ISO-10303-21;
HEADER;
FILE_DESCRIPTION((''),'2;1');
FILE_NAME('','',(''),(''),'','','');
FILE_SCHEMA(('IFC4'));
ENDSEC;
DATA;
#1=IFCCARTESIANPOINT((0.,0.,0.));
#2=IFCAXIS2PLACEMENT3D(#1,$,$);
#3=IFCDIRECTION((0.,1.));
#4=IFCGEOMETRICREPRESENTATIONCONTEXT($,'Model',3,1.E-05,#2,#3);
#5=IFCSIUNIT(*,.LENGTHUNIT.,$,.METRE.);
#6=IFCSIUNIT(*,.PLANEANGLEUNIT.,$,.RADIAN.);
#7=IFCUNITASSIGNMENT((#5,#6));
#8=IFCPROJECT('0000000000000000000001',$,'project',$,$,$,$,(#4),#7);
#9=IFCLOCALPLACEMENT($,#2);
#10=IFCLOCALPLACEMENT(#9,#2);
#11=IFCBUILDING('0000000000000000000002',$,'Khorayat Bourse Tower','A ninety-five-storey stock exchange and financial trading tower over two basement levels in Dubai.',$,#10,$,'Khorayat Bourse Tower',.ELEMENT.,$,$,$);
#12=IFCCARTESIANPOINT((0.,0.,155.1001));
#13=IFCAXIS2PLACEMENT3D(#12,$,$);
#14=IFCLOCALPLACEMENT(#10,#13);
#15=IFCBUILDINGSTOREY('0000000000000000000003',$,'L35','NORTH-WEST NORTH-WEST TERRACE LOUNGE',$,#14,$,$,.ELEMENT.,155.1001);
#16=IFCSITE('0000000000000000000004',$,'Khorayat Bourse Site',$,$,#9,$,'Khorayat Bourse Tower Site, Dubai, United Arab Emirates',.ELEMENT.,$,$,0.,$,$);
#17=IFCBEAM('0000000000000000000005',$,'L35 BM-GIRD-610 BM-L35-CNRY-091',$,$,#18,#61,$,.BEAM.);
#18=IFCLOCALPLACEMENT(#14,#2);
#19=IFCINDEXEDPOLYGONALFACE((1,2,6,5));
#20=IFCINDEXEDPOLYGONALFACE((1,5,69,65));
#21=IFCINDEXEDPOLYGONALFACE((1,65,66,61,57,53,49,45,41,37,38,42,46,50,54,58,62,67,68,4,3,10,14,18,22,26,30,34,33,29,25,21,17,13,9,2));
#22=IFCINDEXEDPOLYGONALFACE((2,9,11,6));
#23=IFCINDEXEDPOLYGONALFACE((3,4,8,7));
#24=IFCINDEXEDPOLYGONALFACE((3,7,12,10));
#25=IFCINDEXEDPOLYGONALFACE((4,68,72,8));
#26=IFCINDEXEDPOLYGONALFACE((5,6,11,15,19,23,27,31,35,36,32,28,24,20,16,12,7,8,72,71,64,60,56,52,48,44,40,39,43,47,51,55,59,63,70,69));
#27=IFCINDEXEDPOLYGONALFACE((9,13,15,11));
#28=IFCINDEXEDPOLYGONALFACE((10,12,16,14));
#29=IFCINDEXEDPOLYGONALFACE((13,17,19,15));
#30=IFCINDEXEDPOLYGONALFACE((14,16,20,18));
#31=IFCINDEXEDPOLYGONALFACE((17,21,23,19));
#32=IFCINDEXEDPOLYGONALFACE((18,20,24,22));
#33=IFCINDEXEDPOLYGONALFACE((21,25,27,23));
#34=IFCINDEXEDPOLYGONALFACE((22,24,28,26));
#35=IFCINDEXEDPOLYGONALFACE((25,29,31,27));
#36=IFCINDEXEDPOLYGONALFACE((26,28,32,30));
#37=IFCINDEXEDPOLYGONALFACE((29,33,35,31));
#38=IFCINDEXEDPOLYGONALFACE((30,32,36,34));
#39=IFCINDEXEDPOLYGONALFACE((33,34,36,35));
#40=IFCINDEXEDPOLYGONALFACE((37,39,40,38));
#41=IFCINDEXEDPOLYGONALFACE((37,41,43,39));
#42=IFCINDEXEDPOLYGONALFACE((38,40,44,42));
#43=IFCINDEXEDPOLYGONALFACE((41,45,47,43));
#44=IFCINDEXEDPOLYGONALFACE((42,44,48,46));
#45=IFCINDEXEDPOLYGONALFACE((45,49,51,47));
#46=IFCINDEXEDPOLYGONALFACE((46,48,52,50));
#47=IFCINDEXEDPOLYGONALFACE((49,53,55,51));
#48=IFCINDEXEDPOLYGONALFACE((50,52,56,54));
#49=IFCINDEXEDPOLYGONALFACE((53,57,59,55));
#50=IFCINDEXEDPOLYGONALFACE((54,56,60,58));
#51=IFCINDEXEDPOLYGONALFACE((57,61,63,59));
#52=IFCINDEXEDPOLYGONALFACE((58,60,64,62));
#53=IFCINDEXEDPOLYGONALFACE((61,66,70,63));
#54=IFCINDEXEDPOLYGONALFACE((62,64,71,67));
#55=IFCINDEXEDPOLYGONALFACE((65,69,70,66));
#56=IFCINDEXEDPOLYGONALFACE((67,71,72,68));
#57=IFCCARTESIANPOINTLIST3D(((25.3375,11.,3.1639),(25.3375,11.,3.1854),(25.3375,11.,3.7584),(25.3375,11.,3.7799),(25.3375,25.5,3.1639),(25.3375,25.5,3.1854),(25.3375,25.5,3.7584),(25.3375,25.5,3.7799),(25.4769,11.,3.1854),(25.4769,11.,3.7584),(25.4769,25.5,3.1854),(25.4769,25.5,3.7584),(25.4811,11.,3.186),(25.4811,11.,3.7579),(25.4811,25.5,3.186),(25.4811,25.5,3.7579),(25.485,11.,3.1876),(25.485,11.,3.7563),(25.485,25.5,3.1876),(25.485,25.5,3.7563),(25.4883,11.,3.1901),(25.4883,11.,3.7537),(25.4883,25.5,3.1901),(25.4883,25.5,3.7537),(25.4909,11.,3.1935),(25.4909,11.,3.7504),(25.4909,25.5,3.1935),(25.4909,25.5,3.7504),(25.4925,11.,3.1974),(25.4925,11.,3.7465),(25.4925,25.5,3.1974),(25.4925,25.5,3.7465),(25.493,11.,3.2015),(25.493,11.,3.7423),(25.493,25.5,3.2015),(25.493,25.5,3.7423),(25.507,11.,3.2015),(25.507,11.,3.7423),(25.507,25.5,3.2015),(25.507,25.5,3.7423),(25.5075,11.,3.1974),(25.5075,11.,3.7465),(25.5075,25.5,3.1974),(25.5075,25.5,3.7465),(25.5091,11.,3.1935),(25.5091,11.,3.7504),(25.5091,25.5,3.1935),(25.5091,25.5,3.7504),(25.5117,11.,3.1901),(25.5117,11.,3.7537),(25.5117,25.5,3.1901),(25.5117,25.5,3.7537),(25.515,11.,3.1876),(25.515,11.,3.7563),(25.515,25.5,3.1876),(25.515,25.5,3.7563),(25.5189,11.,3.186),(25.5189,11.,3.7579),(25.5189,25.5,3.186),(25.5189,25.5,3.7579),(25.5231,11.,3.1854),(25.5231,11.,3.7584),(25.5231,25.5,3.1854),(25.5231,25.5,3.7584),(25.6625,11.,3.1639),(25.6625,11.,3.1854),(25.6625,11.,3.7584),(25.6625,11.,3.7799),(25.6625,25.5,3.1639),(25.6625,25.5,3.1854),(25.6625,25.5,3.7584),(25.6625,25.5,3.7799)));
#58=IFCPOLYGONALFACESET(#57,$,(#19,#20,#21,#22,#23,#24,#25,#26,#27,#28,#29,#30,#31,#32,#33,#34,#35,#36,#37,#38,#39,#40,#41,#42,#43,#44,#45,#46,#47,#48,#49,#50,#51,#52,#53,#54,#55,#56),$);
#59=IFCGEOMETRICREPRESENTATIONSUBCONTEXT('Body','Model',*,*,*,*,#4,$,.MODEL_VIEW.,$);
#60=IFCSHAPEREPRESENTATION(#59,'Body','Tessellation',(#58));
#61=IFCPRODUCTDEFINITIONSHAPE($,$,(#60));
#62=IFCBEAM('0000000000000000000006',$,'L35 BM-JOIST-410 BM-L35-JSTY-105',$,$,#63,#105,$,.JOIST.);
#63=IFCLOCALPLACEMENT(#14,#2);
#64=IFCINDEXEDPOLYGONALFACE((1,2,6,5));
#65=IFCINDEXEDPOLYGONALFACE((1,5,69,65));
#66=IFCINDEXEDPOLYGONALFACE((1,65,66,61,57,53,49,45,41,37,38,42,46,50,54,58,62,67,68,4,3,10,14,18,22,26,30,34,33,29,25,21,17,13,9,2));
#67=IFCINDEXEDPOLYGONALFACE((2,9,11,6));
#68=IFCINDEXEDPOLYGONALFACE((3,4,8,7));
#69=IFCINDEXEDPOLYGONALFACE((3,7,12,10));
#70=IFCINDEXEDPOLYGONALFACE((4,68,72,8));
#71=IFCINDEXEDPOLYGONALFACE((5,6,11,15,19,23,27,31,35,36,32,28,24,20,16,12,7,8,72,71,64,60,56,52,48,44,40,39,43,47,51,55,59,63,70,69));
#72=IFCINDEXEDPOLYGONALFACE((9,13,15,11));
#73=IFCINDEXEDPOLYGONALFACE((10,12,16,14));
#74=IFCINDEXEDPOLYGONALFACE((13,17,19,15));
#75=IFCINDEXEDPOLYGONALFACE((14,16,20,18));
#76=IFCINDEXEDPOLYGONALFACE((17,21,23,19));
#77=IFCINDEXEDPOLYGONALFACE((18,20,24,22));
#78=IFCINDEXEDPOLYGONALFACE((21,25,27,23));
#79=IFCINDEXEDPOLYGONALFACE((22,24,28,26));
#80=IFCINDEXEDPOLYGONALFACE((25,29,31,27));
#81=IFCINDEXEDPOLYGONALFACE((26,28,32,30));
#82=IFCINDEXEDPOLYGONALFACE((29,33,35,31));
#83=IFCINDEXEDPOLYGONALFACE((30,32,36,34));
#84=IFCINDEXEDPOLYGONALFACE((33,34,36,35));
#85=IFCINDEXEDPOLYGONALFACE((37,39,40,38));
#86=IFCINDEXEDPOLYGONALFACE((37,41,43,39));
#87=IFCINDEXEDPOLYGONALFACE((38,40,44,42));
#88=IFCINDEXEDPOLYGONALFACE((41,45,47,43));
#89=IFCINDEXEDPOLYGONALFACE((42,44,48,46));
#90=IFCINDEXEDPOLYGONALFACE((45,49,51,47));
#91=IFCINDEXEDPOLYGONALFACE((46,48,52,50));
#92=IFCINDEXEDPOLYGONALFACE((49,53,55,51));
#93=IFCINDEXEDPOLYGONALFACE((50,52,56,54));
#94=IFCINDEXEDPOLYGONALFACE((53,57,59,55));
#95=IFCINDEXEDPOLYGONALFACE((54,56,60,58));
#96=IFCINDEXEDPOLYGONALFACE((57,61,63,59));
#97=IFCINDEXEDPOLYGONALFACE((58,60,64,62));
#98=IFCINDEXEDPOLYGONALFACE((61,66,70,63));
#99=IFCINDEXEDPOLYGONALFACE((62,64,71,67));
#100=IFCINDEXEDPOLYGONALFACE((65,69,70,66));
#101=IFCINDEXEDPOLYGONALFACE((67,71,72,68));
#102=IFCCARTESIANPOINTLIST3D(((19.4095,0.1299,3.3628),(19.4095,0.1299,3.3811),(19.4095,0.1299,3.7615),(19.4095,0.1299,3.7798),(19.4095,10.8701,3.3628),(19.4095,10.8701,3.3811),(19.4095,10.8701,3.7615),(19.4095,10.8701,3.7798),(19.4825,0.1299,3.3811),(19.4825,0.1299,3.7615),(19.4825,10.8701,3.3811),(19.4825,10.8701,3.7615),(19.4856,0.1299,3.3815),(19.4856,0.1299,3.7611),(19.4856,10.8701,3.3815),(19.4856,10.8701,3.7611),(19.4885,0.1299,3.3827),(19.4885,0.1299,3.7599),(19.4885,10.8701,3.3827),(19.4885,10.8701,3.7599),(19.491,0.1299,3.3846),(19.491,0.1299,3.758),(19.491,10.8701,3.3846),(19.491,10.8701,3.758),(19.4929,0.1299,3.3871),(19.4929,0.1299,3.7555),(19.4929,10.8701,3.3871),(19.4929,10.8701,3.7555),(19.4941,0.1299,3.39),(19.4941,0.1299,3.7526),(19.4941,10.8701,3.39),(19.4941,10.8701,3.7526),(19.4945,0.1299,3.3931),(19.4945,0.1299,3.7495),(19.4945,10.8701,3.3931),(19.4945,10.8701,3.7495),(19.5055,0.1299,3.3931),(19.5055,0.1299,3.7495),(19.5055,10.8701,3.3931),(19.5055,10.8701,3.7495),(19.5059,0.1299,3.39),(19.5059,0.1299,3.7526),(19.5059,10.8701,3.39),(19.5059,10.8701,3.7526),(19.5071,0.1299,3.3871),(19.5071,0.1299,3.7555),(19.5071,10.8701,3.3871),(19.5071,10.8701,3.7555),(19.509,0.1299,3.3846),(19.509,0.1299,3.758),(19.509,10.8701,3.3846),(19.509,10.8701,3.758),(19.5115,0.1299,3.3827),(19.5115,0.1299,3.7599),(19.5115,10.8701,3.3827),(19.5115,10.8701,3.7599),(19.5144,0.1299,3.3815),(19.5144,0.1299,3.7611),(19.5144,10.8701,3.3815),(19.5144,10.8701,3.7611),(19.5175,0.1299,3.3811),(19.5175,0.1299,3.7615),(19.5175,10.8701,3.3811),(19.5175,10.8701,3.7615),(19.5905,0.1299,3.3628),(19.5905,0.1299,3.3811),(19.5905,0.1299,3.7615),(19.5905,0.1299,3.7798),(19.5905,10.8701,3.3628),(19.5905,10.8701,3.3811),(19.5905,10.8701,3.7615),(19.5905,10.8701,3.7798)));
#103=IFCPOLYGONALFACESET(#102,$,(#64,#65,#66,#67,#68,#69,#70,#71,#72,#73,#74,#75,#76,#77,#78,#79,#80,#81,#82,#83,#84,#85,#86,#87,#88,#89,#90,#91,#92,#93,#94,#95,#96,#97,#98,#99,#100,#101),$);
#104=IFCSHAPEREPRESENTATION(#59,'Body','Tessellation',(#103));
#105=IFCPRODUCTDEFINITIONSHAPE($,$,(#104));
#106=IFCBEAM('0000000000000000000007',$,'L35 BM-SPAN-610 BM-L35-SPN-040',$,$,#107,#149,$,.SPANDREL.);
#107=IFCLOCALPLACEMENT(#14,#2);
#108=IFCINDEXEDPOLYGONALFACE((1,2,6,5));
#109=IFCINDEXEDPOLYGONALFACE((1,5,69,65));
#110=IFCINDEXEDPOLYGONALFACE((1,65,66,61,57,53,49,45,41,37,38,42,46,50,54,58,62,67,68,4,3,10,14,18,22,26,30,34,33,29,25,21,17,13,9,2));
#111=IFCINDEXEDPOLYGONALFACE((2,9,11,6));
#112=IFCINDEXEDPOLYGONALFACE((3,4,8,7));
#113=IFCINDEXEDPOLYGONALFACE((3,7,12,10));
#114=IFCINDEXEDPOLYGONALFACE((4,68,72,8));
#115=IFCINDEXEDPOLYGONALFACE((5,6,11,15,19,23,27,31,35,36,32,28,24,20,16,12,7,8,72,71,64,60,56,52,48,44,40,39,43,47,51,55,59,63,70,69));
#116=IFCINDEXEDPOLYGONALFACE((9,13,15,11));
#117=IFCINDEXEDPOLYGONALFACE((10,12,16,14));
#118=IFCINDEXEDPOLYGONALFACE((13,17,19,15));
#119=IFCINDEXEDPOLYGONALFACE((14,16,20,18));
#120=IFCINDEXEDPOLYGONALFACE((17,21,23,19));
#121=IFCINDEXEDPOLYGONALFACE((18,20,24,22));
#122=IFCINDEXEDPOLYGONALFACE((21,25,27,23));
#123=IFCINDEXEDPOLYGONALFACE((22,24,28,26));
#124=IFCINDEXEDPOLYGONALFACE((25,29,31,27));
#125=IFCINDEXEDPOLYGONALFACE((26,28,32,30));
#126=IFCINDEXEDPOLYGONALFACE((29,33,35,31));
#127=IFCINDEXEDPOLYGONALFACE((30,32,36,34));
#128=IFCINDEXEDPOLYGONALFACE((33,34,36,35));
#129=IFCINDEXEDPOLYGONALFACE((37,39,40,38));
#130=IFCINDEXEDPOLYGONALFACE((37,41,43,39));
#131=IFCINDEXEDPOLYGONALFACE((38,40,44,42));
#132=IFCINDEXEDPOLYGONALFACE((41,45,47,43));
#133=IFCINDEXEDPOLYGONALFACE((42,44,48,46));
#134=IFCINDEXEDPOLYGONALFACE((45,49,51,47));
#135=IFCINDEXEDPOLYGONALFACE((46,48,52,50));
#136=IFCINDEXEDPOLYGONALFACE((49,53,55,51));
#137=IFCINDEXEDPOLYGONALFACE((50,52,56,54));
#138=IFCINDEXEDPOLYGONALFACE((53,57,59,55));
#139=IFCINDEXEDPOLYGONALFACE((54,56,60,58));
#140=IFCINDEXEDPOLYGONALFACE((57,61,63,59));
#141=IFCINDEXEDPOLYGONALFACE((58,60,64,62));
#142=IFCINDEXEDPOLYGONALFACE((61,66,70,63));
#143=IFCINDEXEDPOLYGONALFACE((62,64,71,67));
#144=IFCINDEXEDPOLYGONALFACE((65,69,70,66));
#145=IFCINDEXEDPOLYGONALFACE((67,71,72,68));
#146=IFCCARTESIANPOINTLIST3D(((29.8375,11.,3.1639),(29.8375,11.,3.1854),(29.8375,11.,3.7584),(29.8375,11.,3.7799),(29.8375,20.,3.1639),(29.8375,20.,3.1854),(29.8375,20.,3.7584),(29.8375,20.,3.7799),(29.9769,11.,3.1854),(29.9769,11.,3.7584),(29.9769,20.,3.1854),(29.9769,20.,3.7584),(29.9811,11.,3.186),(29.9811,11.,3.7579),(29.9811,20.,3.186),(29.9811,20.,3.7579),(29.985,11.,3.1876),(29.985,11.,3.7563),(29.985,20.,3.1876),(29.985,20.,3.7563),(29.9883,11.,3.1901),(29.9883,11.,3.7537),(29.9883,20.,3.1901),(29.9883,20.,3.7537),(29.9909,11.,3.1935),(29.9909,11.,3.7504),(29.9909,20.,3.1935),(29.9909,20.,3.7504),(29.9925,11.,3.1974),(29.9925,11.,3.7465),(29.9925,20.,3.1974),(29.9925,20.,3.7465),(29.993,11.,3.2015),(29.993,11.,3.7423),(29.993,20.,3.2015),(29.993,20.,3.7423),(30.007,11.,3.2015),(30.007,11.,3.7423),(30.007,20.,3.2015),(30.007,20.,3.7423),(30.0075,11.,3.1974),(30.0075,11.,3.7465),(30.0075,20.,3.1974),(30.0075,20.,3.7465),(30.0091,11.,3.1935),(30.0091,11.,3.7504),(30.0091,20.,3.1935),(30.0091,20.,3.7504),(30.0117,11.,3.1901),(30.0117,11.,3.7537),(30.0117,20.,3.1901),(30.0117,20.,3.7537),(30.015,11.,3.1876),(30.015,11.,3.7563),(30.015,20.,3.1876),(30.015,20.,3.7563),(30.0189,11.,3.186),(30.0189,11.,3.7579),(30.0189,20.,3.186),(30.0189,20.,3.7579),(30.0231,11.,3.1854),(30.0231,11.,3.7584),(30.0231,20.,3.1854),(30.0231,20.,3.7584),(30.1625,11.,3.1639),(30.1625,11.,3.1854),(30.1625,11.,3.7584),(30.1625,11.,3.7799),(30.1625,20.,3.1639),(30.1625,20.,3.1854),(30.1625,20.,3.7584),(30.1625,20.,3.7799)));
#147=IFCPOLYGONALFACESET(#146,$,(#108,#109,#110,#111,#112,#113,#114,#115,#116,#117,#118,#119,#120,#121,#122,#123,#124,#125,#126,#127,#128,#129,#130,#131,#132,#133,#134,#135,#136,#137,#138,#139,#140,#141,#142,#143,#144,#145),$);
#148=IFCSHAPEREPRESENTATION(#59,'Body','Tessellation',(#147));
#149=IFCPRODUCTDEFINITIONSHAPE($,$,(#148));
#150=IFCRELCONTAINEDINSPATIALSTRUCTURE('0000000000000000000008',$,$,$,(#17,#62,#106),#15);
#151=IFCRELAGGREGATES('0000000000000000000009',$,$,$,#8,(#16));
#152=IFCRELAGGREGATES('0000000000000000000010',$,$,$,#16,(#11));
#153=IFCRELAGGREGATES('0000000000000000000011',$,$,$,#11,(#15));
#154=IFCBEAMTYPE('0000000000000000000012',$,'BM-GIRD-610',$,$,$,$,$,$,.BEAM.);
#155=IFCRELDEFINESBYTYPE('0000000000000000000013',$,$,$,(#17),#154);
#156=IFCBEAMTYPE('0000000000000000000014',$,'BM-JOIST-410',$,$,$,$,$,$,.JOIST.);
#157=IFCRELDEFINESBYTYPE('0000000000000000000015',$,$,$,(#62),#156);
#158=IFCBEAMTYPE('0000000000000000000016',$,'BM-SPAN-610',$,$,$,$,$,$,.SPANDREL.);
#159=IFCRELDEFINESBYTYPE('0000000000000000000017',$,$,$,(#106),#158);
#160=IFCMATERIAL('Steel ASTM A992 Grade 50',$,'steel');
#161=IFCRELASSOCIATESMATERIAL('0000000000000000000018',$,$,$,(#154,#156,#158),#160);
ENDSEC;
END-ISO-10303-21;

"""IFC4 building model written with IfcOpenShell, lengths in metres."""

from ifc_helpers import new_model, si_unit, direction, frame, origin, origin_2d, place, context, subcontext, project, spatial, i_section, extrude, source, transform, mapped, material, material_profile, profile_set, type_object, element, save


model = new_model("IFC4")

# Units and contexts
model_context = context("Model", 3, precision=1e-05, world=origin(), true_north=direction((0.0, 1.0)))
body_context = subcontext(model_context, "Body", "Model", "MODEL_VIEW")
ifc_project = project(units=[si_unit("LENGTHUNIT", "METRE"), si_unit("PLANEANGLEUNIT", "RADIAN")], contexts=[model_context])

# Site, building, storey
site_placement = place(None, origin())
site = spatial("IfcSite", under=ifc_project, at=site_placement, Name="Khorayat Bourse Site", LongName="Khorayat Bourse Tower Site, Dubai, United Arab Emirates", CompositionType="ELEMENT", RefElevation=0.0)
building_placement = place(site_placement, origin())
building = spatial("IfcBuilding", under=site, at=building_placement, Name="Khorayat Bourse Tower", Description="A ninety-five-storey stock exchange and financial trading tower over two basement levels in Dubai.", LongName="Khorayat Bourse Tower", CompositionType="ELEMENT")
storey_placement = place(building_placement, frame((0.0, 0.0, 155.1001)))
storey = spatial("IfcBuildingStorey", under=building, at=storey_placement, Name="L35", Description="NORTH-WEST NORTH-WEST TERRACE LOUNGE", CompositionType="ELEMENT", Elevation=155.1001)

# Beams
ifc_material_1 = material(Name="Steel ASTM A992 Grade 50", Category="steel")
ifc_material_profile_1 = material_profile(ifc_material_1, i_section(OverallWidth=0.325, OverallDepth=0.616, WebThickness=0.0139, FlangeThickness=0.0215, FilletRadius=0.0161, at=origin_2d()), Name="W610X174")
ifc_profile_set_1 = profile_set([ifc_material_profile_1], Name="Steel ASTM A992 Grade 50")
beam_type_1 = type_object("IfcBeamType", Name="BM-GIRD-610", PredefinedType="BEAM", material=ifc_profile_set_1)
shared_shape_1 = source(origin(), body_context, "Body", "SweptSolid", [
    extrude(i_section(OverallWidth=0.325, OverallDepth=0.616, WebThickness=0.0139, FlangeThickness=0.0215, FilletRadius=0.0161, at=origin_2d()), origin(), (0.0, 0.0, 1.0), 14.5),
])
beam_1_placement = place(storey_placement, frame((25.5, 11.0, 3.4719), z_axis=(0.0, 1.0, 0.0), x_axis=(-1.0, 0.0, 0.0)))
element("IfcBeam", 1, at=beam_1_placement, inside=storey, type_object=beam_type_1, Name="L35 BM-GIRD-610 BM-L35-CNRY-091", PredefinedType="BEAM", context=body_context, shape_type="MappedRepresentation", body=[
    mapped(shared_shape_1, transform((0.0, 0.0, 0.0), scale=1.0)),
])
ifc_material_profile_2 = material_profile(ifc_material_1, i_section(OverallWidth=0.1809, OverallDepth=0.417, WebThickness=0.011, FlangeThickness=0.0183, FilletRadius=0.012, at=origin_2d()), Name="W410X85")
ifc_profile_set_2 = profile_set([ifc_material_profile_2], Name="Steel ASTM A992 Grade 50")
beam_type_2 = type_object("IfcBeamType", Name="BM-JOIST-410", PredefinedType="JOIST", material=ifc_profile_set_2)
shared_shape_2 = source(origin(), body_context, "Body", "SweptSolid", [
    extrude(i_section(OverallWidth=0.1809, OverallDepth=0.417, WebThickness=0.011, FlangeThickness=0.0183, FilletRadius=0.012, at=origin_2d()), origin(), (0.0, 0.0, 1.0), 10.7402),
])
beam_2_placement = place(storey_placement, frame((19.5, 0.1299, 3.5713), z_axis=(0.0, 1.0, 0.0), x_axis=(-1.0, 0.0, 0.0)))
element("IfcBeam", 2, at=beam_2_placement, inside=storey, type_object=beam_type_2, Name="L35 BM-JOIST-410 BM-L35-JSTY-105", PredefinedType="JOIST", context=body_context, shape_type="MappedRepresentation", body=[
    mapped(shared_shape_2, transform((0.0, 0.0, 0.0), scale=1.0)),
])
ifc_material_profile_3 = material_profile(ifc_material_1, i_section(OverallWidth=0.325, OverallDepth=0.616, WebThickness=0.0139, FlangeThickness=0.0215, FilletRadius=0.0161, at=origin_2d()), Name="W610X174")
ifc_profile_set_3 = profile_set([ifc_material_profile_3], Name="Steel ASTM A992 Grade 50")
beam_type_3 = type_object("IfcBeamType", Name="BM-SPAN-610", PredefinedType="SPANDREL", material=ifc_profile_set_3)
shared_shape_3 = source(origin(), body_context, "Body", "SweptSolid", [
    extrude(i_section(OverallWidth=0.325, OverallDepth=0.616, WebThickness=0.0139, FlangeThickness=0.0215, FilletRadius=0.0161, at=origin_2d()), origin(), (0.0, 0.0, 1.0), 9.0),
])
beam_3_placement = place(storey_placement, frame((30.0, 11.0, 3.4719), z_axis=(0.0, 1.0, 0.0), x_axis=(-1.0, 0.0, 0.0)))
element("IfcBeam", 3, at=beam_3_placement, inside=storey, type_object=beam_type_3, Name="L35 BM-SPAN-610 BM-L35-SPN-040", PredefinedType="SPANDREL", context=body_context, shape_type="MappedRepresentation", body=[
    mapped(shared_shape_3, transform((0.0, 0.0, 0.0), scale=1.0)),
])

save(model, "model.ifc")
